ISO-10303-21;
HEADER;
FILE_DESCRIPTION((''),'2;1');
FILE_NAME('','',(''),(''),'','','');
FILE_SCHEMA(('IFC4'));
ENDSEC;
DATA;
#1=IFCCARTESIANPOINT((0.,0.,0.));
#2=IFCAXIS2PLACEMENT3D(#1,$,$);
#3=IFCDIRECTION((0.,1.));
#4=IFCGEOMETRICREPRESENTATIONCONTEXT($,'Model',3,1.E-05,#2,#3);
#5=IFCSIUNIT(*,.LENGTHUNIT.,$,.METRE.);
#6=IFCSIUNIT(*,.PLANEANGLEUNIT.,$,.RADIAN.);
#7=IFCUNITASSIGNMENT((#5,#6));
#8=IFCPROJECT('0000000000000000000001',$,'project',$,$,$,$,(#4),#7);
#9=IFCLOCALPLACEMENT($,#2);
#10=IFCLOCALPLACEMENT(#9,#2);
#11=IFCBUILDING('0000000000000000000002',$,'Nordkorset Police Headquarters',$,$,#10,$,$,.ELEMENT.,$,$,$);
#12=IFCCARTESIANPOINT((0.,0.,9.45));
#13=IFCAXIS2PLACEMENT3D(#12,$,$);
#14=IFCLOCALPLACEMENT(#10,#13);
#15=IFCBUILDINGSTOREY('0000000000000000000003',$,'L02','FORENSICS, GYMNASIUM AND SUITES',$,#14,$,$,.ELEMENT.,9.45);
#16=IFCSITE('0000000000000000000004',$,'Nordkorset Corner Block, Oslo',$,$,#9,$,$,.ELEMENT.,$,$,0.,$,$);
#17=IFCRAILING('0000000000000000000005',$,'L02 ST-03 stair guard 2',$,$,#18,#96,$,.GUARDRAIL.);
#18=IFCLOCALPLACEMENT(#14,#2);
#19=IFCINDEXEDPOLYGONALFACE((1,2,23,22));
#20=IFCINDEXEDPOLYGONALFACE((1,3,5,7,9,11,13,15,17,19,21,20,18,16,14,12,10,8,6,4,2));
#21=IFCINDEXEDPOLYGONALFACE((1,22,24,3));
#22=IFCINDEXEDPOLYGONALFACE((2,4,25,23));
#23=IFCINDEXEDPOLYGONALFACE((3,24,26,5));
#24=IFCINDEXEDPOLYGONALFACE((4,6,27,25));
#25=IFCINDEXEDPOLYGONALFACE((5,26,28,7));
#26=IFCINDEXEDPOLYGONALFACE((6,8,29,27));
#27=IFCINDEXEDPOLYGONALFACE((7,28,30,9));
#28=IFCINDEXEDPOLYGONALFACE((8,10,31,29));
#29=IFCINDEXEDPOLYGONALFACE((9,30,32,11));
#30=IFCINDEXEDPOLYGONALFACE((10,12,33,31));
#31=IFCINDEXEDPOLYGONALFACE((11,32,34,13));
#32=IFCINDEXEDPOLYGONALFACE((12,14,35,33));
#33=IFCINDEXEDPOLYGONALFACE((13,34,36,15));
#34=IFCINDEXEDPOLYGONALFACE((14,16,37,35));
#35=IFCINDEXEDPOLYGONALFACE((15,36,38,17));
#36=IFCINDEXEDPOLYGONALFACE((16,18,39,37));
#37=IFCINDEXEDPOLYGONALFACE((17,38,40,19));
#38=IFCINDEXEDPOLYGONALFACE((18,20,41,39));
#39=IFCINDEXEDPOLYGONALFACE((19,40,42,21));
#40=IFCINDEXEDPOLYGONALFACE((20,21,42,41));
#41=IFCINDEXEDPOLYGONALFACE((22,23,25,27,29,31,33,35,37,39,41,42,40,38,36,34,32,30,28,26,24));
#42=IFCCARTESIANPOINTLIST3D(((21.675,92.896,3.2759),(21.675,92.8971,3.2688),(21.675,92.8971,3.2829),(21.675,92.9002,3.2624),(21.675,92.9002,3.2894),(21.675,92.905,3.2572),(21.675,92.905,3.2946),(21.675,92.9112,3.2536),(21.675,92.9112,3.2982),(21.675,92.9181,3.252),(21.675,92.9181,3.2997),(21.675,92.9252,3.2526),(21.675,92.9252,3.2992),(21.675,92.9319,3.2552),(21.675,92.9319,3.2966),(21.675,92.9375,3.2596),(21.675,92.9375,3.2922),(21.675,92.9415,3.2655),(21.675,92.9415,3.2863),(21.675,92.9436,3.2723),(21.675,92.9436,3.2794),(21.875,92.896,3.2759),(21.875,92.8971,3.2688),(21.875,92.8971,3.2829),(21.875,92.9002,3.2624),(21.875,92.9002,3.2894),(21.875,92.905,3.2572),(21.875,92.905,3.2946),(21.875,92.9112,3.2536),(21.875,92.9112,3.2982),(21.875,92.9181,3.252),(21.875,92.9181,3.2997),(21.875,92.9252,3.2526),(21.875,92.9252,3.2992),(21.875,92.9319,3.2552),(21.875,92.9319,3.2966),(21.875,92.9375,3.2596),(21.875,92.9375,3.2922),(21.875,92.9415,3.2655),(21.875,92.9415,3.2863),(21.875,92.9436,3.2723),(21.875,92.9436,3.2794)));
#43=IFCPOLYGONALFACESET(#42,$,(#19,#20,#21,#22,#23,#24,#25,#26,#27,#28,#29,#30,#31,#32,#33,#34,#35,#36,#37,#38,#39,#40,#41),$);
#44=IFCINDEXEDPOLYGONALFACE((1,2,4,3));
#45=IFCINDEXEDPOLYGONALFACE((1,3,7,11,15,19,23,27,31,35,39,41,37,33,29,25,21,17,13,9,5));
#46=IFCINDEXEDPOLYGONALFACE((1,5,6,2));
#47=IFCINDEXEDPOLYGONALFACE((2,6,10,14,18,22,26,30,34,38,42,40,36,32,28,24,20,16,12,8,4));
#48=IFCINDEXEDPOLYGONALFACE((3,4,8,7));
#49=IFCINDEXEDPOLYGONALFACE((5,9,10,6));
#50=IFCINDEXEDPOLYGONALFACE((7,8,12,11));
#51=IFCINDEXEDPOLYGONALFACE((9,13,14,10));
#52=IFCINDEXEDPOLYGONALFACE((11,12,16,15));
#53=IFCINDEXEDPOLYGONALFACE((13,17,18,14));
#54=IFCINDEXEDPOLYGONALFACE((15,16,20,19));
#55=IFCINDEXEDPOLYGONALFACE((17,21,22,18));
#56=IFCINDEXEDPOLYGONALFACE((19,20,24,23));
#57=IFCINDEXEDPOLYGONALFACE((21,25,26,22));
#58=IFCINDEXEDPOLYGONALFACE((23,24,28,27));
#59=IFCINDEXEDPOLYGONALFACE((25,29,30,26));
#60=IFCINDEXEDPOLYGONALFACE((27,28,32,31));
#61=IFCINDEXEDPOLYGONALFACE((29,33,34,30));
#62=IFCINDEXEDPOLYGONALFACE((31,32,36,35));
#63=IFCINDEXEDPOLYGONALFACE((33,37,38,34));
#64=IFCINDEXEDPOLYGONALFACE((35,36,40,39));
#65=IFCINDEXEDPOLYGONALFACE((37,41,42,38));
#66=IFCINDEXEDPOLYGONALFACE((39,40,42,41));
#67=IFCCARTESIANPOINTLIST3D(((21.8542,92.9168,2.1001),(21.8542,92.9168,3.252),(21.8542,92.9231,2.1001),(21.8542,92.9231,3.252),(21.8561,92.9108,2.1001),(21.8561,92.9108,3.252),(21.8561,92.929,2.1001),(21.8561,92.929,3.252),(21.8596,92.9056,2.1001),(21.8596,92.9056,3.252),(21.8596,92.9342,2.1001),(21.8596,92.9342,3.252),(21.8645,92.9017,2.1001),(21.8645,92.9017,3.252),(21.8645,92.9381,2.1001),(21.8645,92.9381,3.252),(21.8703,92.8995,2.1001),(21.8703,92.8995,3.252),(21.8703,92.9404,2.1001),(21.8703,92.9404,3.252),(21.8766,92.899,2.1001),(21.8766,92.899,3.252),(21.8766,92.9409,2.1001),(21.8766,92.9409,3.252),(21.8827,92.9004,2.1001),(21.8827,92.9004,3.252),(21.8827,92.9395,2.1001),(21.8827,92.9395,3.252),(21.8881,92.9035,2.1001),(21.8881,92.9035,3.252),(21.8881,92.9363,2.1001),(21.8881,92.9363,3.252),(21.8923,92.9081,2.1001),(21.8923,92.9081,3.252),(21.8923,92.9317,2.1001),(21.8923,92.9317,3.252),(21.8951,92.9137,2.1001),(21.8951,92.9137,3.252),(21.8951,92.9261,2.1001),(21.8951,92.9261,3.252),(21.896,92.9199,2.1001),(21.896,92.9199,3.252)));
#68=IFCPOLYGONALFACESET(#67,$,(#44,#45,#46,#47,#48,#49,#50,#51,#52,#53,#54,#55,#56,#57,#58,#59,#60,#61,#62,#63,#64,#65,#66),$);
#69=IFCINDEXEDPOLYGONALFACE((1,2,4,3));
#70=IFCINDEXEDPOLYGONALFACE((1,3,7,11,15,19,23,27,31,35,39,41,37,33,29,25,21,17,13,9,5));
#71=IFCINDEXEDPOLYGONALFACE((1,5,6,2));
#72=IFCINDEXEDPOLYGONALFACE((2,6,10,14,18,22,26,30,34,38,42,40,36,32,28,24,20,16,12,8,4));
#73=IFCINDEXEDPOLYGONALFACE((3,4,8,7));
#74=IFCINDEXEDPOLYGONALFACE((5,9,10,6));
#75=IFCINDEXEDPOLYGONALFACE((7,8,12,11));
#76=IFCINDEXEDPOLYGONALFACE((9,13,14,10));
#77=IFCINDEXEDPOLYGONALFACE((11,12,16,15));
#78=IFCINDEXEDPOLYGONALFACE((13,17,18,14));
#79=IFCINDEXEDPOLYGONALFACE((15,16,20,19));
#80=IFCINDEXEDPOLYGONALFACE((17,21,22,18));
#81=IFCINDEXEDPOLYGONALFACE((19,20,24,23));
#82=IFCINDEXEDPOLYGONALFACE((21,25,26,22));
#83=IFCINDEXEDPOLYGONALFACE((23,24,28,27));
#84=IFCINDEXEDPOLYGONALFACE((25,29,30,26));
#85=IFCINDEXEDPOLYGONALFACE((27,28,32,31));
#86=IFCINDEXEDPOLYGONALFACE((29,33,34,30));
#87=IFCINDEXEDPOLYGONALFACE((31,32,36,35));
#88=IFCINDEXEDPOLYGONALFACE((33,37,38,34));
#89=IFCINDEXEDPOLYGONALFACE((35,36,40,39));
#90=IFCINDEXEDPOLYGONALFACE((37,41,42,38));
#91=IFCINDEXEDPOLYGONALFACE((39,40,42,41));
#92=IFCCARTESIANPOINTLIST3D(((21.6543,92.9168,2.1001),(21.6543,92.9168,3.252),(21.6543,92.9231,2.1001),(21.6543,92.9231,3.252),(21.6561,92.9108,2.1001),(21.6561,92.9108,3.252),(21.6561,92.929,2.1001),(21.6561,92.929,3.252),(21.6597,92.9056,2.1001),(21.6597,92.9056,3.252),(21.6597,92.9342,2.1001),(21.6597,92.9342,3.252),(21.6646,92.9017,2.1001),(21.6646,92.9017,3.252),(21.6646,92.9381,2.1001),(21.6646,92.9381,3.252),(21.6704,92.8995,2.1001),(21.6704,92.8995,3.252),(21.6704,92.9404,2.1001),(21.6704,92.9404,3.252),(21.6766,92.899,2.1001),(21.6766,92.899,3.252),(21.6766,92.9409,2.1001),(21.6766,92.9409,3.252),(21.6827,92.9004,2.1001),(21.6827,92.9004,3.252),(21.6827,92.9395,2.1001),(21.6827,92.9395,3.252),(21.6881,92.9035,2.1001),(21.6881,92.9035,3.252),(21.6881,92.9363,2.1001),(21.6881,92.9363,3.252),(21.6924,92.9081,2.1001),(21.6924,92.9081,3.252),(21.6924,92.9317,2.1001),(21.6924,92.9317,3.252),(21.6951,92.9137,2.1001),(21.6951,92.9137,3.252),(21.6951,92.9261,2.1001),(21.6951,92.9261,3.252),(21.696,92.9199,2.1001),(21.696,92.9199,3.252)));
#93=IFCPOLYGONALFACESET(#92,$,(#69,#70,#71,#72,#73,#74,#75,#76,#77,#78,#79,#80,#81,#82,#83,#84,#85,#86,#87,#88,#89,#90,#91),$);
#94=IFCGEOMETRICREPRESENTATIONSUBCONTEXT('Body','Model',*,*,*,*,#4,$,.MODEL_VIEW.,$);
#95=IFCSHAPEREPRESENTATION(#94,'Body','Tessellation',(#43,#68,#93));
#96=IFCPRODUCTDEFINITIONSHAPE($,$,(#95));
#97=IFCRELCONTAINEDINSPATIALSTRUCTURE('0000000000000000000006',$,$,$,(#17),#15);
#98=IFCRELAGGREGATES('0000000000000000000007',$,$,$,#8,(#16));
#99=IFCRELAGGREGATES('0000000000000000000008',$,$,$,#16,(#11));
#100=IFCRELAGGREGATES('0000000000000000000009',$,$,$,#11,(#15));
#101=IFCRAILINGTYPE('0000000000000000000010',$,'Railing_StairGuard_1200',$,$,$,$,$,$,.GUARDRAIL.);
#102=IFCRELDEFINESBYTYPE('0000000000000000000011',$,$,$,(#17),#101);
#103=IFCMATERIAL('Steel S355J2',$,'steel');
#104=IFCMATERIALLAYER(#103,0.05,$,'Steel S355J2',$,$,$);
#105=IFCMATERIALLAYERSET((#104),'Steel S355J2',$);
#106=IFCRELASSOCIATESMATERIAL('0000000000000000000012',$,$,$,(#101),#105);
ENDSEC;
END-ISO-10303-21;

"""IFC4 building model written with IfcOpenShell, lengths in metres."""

from ifc_helpers import new_model, si_unit, direction, frame, origin, origin_2d, place, context, subcontext, project, spatial, circle, extrude, material, layer, layer_set, type_object, element, save


model = new_model("IFC4")

# Units and contexts
model_context = context("Model", 3, precision=1e-05, world=origin(), true_north=direction((0.0, 1.0)))
body_context = subcontext(model_context, "Body", "Model", "MODEL_VIEW")
ifc_project = project(units=[si_unit("LENGTHUNIT", "METRE"), si_unit("PLANEANGLEUNIT", "RADIAN")], contexts=[model_context])

# Site, building, storey
site_placement = place(None, origin())
site = spatial("IfcSite", under=ifc_project, at=site_placement, Name="Nordkorset Corner Block, Oslo", CompositionType="ELEMENT", RefElevation=0.0)
building_placement = place(site_placement, origin())
building = spatial("IfcBuilding", under=site, at=building_placement, Name="Nordkorset Police Headquarters", CompositionType="ELEMENT")
storey_placement = place(building_placement, frame((0.0, 0.0, 9.45)))
storey = spatial("IfcBuildingStorey", under=building, at=storey_placement, Name="L02", Description="FORENSICS, GYMNASIUM AND SUITES", CompositionType="ELEMENT", Elevation=9.45)

# Railing
ifc_material_1 = material(Name="Steel S355J2", Category="steel")
ifc_layer_1 = layer(ifc_material_1, 0.05, Name="Steel S355J2")
ifc_layer_set_1 = layer_set([ifc_layer_1], Name="Steel S355J2")
railing_type_1 = type_object("IfcRailingType", Name="Railing_StairGuard_1200", PredefinedType="GUARDRAIL", material=ifc_layer_set_1)
railing_1_placement = place(storey_placement, frame((21.875, 92.9199, 2.1001)))
element("IfcRailing", 1, at=railing_1_placement, inside=storey, type_object=railing_type_1, Name="L02 ST-03 stair guard 2", PredefinedType="GUARDRAIL", context=body_context, shape_type="SweptSolid", body=[
    extrude(circle(Radius=0.0239, at=origin_2d()), frame((0.0, 0.0, 1.1758), z_axis=(-1.0, 0.0, 0.0), x_axis=(0.0, -1.0, 0.0)), (0.0, 0.0, 1.0), 0.2),
    extrude(circle(Radius=0.021, at=origin_2d()), origin(), (0.0, 0.0, 1.0), 1.1519),
    extrude(circle(Radius=0.021, at=origin_2d()), frame((-0.2, 0.0, 0.0)), (0.0, 0.0, 1.0), 1.1519),
])

save(model, "model.ifc")
